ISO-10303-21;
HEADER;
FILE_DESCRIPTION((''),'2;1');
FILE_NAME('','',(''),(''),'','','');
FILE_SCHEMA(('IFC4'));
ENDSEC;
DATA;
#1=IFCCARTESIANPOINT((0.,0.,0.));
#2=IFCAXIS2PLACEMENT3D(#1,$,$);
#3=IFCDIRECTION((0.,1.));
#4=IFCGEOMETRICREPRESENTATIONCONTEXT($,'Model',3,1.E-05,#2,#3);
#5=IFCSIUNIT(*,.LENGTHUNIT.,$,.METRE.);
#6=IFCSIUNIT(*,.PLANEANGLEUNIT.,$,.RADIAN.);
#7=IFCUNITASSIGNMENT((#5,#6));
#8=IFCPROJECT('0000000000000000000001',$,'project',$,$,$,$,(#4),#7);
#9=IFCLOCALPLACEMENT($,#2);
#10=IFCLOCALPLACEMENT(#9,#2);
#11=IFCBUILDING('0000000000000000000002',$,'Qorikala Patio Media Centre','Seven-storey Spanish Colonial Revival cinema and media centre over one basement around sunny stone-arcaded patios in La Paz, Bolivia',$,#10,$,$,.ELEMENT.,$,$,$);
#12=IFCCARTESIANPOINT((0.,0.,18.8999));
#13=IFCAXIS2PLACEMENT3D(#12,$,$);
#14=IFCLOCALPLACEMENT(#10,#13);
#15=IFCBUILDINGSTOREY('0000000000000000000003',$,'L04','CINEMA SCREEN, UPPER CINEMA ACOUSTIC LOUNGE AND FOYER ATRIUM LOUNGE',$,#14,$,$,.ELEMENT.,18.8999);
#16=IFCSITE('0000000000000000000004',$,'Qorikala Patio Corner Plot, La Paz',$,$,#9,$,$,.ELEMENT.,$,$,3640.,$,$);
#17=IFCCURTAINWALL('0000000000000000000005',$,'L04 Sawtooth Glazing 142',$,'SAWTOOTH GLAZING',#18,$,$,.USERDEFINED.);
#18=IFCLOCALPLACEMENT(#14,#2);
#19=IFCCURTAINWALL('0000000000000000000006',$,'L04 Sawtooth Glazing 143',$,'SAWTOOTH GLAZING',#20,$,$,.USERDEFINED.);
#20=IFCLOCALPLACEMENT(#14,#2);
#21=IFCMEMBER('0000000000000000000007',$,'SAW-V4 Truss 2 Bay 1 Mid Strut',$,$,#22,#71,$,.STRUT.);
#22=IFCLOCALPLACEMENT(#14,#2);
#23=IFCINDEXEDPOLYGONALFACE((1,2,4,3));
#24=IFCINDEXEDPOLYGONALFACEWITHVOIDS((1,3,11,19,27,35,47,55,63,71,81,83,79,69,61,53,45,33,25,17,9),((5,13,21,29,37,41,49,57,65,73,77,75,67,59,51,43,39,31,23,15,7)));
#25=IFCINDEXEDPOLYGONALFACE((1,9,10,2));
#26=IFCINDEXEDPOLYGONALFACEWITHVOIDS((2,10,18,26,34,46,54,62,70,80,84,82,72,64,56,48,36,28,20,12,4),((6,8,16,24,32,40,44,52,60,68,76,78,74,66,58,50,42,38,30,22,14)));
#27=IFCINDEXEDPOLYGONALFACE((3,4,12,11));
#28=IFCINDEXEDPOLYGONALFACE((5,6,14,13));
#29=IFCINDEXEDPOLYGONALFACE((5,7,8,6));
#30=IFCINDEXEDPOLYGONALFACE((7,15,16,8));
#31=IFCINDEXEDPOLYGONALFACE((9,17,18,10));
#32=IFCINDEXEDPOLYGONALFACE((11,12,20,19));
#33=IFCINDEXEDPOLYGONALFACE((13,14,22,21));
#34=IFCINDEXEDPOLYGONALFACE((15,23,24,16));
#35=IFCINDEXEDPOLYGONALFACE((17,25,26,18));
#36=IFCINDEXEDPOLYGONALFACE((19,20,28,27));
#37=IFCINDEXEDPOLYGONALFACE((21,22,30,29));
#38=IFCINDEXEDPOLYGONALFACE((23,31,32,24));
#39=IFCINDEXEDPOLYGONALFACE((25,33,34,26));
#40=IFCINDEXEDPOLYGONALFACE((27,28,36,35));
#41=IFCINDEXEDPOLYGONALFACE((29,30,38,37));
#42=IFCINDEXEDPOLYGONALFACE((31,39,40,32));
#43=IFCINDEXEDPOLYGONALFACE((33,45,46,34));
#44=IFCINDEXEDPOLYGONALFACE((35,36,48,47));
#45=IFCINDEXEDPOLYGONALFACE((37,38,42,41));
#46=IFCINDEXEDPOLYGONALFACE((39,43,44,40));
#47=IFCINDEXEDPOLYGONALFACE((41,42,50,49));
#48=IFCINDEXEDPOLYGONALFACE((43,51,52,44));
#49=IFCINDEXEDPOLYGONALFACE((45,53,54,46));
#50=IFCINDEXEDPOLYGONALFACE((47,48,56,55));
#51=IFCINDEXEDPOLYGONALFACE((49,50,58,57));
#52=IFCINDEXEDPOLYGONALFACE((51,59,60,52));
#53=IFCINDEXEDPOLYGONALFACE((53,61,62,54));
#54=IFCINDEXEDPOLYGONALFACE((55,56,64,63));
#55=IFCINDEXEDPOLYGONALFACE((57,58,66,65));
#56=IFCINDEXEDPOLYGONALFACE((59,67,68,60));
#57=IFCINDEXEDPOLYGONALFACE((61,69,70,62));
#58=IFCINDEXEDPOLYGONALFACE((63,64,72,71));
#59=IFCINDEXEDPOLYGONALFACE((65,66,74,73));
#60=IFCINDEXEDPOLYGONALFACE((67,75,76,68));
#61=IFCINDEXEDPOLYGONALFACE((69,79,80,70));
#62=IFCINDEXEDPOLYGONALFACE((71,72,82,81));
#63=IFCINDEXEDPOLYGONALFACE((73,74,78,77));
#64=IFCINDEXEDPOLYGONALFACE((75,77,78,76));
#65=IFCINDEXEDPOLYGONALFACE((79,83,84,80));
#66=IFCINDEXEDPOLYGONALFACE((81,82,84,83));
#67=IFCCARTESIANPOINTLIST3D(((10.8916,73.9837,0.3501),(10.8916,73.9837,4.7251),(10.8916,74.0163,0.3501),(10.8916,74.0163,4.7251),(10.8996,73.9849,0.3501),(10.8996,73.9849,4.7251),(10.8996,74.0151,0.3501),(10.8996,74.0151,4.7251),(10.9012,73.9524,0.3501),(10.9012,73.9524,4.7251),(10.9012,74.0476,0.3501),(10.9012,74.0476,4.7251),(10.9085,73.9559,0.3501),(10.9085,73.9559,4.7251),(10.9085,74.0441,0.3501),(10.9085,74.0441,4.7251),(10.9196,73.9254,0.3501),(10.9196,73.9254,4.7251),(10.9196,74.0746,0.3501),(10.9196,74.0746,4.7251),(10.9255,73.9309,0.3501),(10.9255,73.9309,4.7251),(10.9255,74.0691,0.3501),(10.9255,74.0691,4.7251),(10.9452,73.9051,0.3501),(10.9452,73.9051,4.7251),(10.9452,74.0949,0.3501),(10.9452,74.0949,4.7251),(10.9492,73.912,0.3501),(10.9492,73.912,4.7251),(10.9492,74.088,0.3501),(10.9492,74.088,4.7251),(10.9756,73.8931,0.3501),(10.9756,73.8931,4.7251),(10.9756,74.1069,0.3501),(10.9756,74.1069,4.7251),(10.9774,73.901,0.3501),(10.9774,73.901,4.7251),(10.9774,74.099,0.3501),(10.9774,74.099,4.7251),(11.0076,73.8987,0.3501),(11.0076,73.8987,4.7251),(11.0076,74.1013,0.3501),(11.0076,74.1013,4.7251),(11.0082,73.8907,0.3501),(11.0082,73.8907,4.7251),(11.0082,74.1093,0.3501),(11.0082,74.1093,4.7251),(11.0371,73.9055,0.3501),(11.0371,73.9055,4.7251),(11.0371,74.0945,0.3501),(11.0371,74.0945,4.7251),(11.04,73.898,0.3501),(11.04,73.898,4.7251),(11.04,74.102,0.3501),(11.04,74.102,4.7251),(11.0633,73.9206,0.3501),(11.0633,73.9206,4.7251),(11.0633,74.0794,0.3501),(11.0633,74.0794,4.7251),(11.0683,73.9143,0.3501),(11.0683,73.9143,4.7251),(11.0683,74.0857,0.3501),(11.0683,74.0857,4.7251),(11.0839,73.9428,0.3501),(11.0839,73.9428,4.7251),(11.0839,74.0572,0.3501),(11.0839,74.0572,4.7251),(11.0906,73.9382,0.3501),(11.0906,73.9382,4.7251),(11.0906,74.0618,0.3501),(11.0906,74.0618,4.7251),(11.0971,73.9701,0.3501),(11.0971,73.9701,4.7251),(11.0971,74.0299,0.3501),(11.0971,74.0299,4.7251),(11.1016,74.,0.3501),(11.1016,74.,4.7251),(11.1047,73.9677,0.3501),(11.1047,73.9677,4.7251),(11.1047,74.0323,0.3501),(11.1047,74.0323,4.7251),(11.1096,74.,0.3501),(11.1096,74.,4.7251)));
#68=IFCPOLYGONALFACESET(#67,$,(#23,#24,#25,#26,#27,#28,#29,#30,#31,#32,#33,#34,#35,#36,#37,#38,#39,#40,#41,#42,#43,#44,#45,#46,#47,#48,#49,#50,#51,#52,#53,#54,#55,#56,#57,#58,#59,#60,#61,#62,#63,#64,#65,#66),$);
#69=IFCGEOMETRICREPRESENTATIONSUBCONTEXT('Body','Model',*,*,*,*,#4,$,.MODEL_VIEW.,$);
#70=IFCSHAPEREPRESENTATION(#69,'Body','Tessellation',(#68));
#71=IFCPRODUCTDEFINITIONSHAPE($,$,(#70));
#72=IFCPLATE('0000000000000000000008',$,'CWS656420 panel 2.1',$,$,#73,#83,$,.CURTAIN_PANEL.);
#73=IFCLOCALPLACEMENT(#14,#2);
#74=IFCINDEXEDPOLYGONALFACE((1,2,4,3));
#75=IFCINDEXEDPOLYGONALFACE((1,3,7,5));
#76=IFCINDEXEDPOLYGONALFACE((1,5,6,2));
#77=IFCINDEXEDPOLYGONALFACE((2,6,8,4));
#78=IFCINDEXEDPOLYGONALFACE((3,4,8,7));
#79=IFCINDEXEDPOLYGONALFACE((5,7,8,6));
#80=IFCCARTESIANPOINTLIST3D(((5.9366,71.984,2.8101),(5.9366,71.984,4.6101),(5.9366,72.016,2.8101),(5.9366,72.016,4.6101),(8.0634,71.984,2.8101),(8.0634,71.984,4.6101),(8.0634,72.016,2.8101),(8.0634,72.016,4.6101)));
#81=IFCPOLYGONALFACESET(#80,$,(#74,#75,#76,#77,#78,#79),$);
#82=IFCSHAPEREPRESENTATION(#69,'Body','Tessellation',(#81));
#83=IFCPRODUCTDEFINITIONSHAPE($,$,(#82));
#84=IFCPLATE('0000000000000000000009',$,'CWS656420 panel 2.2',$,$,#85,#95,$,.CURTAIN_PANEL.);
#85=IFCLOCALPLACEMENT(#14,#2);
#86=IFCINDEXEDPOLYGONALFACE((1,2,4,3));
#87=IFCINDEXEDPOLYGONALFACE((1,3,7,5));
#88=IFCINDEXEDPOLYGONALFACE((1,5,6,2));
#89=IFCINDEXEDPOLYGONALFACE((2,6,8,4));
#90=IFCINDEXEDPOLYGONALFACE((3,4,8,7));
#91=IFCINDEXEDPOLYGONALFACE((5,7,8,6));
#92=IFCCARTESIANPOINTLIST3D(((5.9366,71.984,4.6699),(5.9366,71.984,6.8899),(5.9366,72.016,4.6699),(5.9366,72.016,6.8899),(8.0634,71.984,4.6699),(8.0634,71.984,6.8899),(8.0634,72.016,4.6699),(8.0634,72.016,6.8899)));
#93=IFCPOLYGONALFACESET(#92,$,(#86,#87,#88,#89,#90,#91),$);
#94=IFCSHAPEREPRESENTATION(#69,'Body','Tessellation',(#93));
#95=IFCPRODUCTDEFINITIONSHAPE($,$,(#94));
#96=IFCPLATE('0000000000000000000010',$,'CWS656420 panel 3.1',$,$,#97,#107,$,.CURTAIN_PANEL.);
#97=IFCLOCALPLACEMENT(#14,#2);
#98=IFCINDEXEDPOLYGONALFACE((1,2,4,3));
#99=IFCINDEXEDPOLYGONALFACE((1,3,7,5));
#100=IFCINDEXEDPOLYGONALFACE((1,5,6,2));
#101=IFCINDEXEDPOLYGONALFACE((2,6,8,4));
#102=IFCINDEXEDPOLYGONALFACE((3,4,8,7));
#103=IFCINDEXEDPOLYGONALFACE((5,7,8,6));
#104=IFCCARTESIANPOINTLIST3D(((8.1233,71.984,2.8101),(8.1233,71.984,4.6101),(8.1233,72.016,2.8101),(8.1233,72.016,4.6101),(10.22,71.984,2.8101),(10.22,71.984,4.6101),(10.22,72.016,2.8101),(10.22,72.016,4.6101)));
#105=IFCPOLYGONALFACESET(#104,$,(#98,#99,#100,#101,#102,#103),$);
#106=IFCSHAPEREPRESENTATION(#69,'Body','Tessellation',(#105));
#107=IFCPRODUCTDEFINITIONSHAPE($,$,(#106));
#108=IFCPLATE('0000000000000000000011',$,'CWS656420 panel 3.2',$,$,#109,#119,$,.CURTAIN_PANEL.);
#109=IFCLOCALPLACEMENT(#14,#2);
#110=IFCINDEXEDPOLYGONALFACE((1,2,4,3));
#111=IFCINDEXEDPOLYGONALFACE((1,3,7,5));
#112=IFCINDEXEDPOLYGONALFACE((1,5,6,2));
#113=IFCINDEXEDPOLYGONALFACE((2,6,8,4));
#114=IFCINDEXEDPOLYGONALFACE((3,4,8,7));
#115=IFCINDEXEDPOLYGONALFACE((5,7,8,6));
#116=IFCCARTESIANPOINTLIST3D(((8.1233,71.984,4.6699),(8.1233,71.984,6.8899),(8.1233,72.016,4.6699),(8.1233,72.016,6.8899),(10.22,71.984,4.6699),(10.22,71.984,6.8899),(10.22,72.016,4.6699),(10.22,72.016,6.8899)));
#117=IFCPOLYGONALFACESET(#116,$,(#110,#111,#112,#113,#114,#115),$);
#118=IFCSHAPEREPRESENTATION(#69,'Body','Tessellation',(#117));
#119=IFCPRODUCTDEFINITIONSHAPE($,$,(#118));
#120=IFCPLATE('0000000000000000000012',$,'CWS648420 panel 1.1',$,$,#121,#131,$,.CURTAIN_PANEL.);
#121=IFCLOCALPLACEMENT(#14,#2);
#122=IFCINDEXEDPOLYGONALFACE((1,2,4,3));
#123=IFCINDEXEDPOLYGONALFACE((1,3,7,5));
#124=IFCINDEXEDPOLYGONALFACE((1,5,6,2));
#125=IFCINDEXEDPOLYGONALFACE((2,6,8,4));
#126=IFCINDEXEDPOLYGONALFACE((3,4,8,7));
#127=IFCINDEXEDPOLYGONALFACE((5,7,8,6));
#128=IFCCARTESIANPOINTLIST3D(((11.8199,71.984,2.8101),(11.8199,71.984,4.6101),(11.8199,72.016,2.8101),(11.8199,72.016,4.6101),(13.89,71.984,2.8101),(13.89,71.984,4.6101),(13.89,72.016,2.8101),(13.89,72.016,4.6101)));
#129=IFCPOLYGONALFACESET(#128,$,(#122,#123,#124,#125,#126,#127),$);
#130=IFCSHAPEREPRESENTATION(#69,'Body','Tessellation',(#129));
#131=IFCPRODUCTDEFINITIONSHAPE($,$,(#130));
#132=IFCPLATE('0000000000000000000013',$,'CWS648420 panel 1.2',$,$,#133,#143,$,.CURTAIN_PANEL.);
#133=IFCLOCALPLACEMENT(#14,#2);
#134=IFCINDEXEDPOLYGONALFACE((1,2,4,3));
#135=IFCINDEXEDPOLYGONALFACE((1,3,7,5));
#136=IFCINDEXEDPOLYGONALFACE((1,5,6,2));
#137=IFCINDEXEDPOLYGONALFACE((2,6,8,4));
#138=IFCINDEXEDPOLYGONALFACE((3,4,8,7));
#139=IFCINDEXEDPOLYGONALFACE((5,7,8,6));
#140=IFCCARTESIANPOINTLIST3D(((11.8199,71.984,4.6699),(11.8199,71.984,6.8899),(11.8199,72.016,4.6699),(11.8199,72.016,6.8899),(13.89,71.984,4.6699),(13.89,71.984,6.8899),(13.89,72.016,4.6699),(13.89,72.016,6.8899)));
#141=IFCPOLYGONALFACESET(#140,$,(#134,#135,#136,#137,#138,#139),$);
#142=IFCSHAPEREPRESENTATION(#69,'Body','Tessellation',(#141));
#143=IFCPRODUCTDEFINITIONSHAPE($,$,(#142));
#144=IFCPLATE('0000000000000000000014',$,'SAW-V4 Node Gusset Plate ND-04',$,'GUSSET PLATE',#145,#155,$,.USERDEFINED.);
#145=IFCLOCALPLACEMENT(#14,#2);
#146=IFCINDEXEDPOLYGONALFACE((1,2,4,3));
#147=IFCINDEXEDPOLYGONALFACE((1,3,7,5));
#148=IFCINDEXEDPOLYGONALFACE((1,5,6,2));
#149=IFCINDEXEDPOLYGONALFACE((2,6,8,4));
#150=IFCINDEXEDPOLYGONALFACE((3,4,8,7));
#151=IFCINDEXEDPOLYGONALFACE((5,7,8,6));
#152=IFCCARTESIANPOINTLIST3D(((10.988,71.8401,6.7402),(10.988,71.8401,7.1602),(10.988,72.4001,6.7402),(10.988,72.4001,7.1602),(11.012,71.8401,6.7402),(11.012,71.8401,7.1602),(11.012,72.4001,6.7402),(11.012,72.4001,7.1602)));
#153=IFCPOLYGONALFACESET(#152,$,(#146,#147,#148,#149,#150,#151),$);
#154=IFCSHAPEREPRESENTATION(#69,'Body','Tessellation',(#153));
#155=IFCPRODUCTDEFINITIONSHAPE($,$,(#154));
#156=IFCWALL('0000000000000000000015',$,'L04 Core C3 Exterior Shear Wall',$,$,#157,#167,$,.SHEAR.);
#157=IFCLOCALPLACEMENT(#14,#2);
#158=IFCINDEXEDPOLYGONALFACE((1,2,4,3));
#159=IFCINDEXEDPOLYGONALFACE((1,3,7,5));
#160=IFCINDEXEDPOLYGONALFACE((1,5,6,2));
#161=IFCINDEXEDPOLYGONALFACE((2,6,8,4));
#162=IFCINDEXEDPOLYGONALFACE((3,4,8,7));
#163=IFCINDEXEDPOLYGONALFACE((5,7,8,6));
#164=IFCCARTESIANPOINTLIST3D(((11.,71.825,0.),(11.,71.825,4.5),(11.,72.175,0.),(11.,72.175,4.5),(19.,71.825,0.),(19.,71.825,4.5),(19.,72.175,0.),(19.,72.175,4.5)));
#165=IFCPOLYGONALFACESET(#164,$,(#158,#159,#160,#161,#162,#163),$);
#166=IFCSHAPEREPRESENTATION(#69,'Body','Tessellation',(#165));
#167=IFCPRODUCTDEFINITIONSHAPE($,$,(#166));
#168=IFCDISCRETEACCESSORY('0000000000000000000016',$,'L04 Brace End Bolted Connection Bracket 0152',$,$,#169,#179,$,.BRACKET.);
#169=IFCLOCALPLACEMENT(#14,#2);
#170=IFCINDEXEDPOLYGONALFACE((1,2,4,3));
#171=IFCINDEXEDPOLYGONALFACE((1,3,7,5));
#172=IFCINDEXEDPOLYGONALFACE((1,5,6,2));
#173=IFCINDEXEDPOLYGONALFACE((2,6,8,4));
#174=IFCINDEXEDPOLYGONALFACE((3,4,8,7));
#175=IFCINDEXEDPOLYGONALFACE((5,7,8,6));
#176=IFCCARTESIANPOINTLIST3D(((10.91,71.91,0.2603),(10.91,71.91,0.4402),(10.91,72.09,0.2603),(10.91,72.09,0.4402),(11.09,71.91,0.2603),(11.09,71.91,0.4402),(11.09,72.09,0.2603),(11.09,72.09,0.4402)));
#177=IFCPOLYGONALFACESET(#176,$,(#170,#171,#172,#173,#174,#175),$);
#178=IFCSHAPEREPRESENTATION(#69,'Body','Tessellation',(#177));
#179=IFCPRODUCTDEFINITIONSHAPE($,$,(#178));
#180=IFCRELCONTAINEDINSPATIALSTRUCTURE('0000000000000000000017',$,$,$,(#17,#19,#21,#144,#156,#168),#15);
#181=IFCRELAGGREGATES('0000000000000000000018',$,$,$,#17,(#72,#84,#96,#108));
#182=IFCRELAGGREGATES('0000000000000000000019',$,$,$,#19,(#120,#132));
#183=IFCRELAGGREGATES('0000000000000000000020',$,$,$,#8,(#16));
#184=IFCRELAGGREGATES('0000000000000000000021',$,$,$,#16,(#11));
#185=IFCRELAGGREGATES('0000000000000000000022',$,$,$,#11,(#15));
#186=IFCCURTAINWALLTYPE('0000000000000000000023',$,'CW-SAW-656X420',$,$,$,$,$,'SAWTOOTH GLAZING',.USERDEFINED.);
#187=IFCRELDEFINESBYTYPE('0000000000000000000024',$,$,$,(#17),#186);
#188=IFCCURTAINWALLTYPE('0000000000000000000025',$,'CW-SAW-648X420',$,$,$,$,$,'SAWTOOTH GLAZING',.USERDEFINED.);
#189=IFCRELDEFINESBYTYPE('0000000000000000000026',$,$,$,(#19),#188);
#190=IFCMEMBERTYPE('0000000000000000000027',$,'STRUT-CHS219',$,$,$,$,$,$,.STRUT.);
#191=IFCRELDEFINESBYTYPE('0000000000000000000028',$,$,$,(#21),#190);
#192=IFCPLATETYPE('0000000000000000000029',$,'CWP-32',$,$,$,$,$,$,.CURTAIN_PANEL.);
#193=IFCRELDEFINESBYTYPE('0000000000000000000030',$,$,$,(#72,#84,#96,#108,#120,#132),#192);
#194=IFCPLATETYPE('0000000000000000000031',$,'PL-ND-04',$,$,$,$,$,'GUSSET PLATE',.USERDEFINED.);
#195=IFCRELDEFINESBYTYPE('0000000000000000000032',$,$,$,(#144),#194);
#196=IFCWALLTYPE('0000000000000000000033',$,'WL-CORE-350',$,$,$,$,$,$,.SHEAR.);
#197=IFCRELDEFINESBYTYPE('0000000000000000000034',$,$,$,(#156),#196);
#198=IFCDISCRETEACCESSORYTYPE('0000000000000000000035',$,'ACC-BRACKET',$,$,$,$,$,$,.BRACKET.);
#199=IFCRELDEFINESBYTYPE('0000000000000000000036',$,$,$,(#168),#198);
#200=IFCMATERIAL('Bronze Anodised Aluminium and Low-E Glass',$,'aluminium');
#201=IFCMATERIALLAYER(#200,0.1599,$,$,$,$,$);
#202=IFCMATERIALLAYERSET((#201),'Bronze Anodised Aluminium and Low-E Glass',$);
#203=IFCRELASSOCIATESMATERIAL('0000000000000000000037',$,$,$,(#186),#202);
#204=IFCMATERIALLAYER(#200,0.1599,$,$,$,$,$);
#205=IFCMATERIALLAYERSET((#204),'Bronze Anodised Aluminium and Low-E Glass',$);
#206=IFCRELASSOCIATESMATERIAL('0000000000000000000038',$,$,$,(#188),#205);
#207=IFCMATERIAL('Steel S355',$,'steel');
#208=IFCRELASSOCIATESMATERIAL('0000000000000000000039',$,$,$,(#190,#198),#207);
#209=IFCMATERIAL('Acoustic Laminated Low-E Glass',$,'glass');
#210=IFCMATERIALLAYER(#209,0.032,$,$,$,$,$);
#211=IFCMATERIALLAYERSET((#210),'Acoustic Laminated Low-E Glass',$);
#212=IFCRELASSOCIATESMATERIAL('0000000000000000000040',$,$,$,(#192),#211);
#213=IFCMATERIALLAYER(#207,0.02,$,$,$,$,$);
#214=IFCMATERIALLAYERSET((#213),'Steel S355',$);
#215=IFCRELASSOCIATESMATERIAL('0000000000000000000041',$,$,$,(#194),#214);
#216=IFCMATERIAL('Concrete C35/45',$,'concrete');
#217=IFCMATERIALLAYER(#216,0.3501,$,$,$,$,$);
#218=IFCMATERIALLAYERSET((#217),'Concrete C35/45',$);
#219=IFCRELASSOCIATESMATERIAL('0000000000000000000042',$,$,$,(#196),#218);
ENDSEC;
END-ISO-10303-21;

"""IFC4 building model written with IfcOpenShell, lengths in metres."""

from ifc_helpers import new_model, si_unit, direction, frame, frame_2d, origin, origin_2d, place, context, subcontext, project, spatial, rectangle, hollow_circle, extrude, material, layer, layer_set, material_profile, profile_set, type_object, element, aggregate, save


model = new_model("IFC4")

# Units and contexts
model_context = context("Model", 3, precision=1e-05, world=origin(), true_north=direction((0.0, 1.0)))
body_context = subcontext(model_context, "Body", "Model", "MODEL_VIEW")
ifc_project = project(units=[si_unit("LENGTHUNIT", "METRE"), si_unit("PLANEANGLEUNIT", "RADIAN")], contexts=[model_context])

# Site, building, storey
site_placement = place(None, origin())
site = spatial("IfcSite", under=ifc_project, at=site_placement, Name="Qorikala Patio Corner Plot, La Paz", CompositionType="ELEMENT", RefElevation=3640.0)
building_placement = place(site_placement, origin())
building = spatial("IfcBuilding", under=site, at=building_placement, Name="Qorikala Patio Media Centre", Description="Seven-storey Spanish Colonial Revival cinema and media centre over one basement around sunny stone-arcaded patios in La Paz, Bolivia", CompositionType="ELEMENT")
storey_placement = place(building_placement, frame((0.0, 0.0, 18.8999)))
storey = spatial("IfcBuildingStorey", under=building, at=storey_placement, Name="L04", Description="CINEMA SCREEN, UPPER CINEMA ACOUSTIC LOUNGE AND FOYER ATRIUM LOUNGE", CompositionType="ELEMENT", Elevation=18.8999)

# Shared definitions
ifc_material_1 = material(Name="Concrete C35/45", Category="concrete")

# Shared definitions
ifc_material_2 = material(Name="Steel S355", Category="steel")

# Curtain wall
ifc_material_3 = material(Name="Bronze Anodised Aluminium and Low-E Glass", Category="aluminium")
ifc_layer_1 = layer(ifc_material_3, 0.1599)
ifc_layer_set_1 = layer_set([ifc_layer_1], Name="Bronze Anodised Aluminium and Low-E Glass")
curtain_wall_type_1 = type_object("IfcCurtainWallType", Name="CW-SAW-656X420", ElementType="SAWTOOTH GLAZING", PredefinedType="USERDEFINED", material=ifc_layer_set_1)
curtain_wall_1_placement = place(storey_placement, origin())
curtain_wall_1 = element("IfcCurtainWall", 1, at=curtain_wall_1_placement, inside=storey, type_object=curtain_wall_type_1, Name="L04 Sawtooth Glazing 142", ObjectType="SAWTOOTH GLAZING", PredefinedType="USERDEFINED")

# Curtain wall
ifc_layer_2 = layer(ifc_material_3, 0.1599)
ifc_layer_set_2 = layer_set([ifc_layer_2], Name="Bronze Anodised Aluminium and Low-E Glass")
curtain_wall_type_2 = type_object("IfcCurtainWallType", Name="CW-SAW-648X420", ElementType="SAWTOOTH GLAZING", PredefinedType="USERDEFINED", material=ifc_layer_set_2)
curtain_wall_2_placement = place(storey_placement, origin())
curtain_wall_2 = element("IfcCurtainWall", 2, at=curtain_wall_2_placement, inside=storey, type_object=curtain_wall_type_2, Name="L04 Sawtooth Glazing 143", ObjectType="SAWTOOTH GLAZING", PredefinedType="USERDEFINED")

# Member
ifc_material_profile_1 = material_profile(ifc_material_2, hollow_circle(Radius=0.1096, WallThickness=0.0081, at=origin_2d()), Name="CHS219X8")
ifc_profile_set_1 = profile_set([ifc_material_profile_1], Name="Steel S355")
member_type_1 = type_object("IfcMemberType", Name="STRUT-CHS219", PredefinedType="STRUT", material=ifc_profile_set_1)
member_1_placement = place(storey_placement, frame((11.0, 74.0, 0.3501), z_axis=(0.0, 0.0, 1.0), x_axis=(1.0, 0.0, 0.0)))
element("IfcMember", 3, at=member_1_placement, inside=storey, type_object=member_type_1, Name="SAW-V4 Truss 2 Bay 1 Mid Strut", PredefinedType="STRUT", context=body_context, shape_type="SweptSolid", body=[
    extrude(hollow_circle(Radius=0.1096, WallThickness=0.0081, at=origin_2d()), origin(), (0.0, 0.0, 1.0), 4.375),
])

# Plates
ifc_material_4 = material(Name="Acoustic Laminated Low-E Glass", Category="glass")
ifc_layer_3 = layer(ifc_material_4, 0.032)
ifc_layer_set_3 = layer_set([ifc_layer_3], Name="Acoustic Laminated Low-E Glass")
plate_type_1 = type_object("IfcPlateType", Name="CWP-32", PredefinedType="CURTAIN_PANEL", material=ifc_layer_set_3)
plate_1_placement = place(storey_placement, frame((7.0, 72.0, 2.8101), z_axis=(0.0, 0.0, 1.0), x_axis=(1.0, 0.0, 0.0)))
plate_1 = element("IfcPlate", 4, at=plate_1_placement, type_object=plate_type_1, Name="CWS656420 panel 2.1", PredefinedType="CURTAIN_PANEL", context=body_context, shape_type="SweptSolid", body=[
    extrude(rectangle(XDim=2.1267, YDim=0.032, at=origin_2d()), origin(), (0.0, 0.0, 1.0), 1.8),
])
plate_2_placement = place(storey_placement, frame((7.0, 72.0, 4.6699), z_axis=(0.0, 0.0, 1.0), x_axis=(1.0, 0.0, 0.0)))
plate_2 = element("IfcPlate", 5, at=plate_2_placement, type_object=plate_type_1, Name="CWS656420 panel 2.2", PredefinedType="CURTAIN_PANEL", context=body_context, shape_type="SweptSolid", body=[
    extrude(rectangle(XDim=2.1267, YDim=0.032, at=origin_2d()), origin(), (0.0, 0.0, 1.0), 2.22),
])
plate_3_placement = place(storey_placement, frame((9.1716, 72.0, 2.8101), z_axis=(0.0, 0.0, 1.0), x_axis=(1.0, 0.0, 0.0)))
plate_3 = element("IfcPlate", 6, at=plate_3_placement, type_object=plate_type_1, Name="CWS656420 panel 3.1", PredefinedType="CURTAIN_PANEL", context=body_context, shape_type="SweptSolid", body=[
    extrude(rectangle(XDim=2.0967, YDim=0.032, at=origin_2d()), origin(), (0.0, 0.0, 1.0), 1.8),
])
plate_4_placement = place(storey_placement, frame((9.1716, 72.0, 4.6699), z_axis=(0.0, 0.0, 1.0), x_axis=(1.0, 0.0, 0.0)))
plate_4 = element("IfcPlate", 7, at=plate_4_placement, type_object=plate_type_1, Name="CWS656420 panel 3.2", PredefinedType="CURTAIN_PANEL", context=body_context, shape_type="SweptSolid", body=[
    extrude(rectangle(XDim=2.0967, YDim=0.032, at=origin_2d()), origin(), (0.0, 0.0, 1.0), 2.22),
])
aggregate(curtain_wall_1, [plate_1, plate_2, plate_3, plate_4])
plate_5_placement = place(storey_placement, frame((12.855, 72.0, 2.8101), z_axis=(0.0, 0.0, 1.0), x_axis=(1.0, 0.0, 0.0)))
plate_5 = element("IfcPlate", 8, at=plate_5_placement, type_object=plate_type_1, Name="CWS648420 panel 1.1", PredefinedType="CURTAIN_PANEL", context=body_context, shape_type="SweptSolid", body=[
    extrude(rectangle(XDim=2.0701, YDim=0.032, at=origin_2d()), origin(), (0.0, 0.0, 1.0), 1.8),
])
plate_6_placement = place(storey_placement, frame((12.855, 72.0, 4.6699), z_axis=(0.0, 0.0, 1.0), x_axis=(1.0, 0.0, 0.0)))
plate_6 = element("IfcPlate", 9, at=plate_6_placement, type_object=plate_type_1, Name="CWS648420 panel 1.2", PredefinedType="CURTAIN_PANEL", context=body_context, shape_type="SweptSolid", body=[
    extrude(rectangle(XDim=2.0701, YDim=0.032, at=origin_2d()), origin(), (0.0, 0.0, 1.0), 2.22),
])
aggregate(curtain_wall_2, [plate_5, plate_6])
ifc_layer_4 = layer(ifc_material_2, 0.02)
ifc_layer_set_4 = layer_set([ifc_layer_4], Name="Steel S355")
plate_type_2 = type_object("IfcPlateType", Name="PL-ND-04", ElementType="GUSSET PLATE", PredefinedType="USERDEFINED", material=ifc_layer_set_4)
plate_7_placement = place(storey_placement, frame((11.0, 72.1201, 6.7402), z_axis=(0.0, 0.0, 1.0), x_axis=(1.0, 0.0, 0.0)))
element("IfcPlate", 10, at=plate_7_placement, inside=storey, type_object=plate_type_2, Name="SAW-V4 Node Gusset Plate ND-04", ObjectType="GUSSET PLATE", PredefinedType="USERDEFINED", context=body_context, shape_type="SweptSolid", body=[
    extrude(rectangle(XDim=0.0239, YDim=0.5601, at=origin_2d()), origin(), (0.0, 0.0, 1.0), 0.4199),
])

# Wall
ifc_layer_5 = layer(ifc_material_1, 0.3501)
ifc_layer_set_5 = layer_set([ifc_layer_5], Name="Concrete C35/45")
wall_type = type_object("IfcWallType", Name="WL-CORE-350", PredefinedType="SHEAR", material=ifc_layer_set_5)
wall_placement = place(storey_placement, frame((11.0, 72.0, 0.0), z_axis=(0.0, 0.0, 1.0), x_axis=(1.0, 0.0, 0.0)))
element("IfcWall", 11, at=wall_placement, inside=storey, type_object=wall_type, Name="L04 Core C3 Exterior Shear Wall", PredefinedType="SHEAR", context=body_context, shape_type="SweptSolid", body=[
    extrude(rectangle(XDim=8.0, YDim=0.3501, at=frame_2d((4.0, 0.0))), origin(), (0.0, 0.0, 1.0), 4.5),
])

# Discrete accessory
discrete_accessory_type = type_object("IfcDiscreteAccessoryType", Name="ACC-BRACKET", PredefinedType="BRACKET", material=ifc_material_2)
discrete_accessory_placement = place(storey_placement, frame((11.0, 72.0, 0.2603), z_axis=(0.0, 0.0, 1.0), x_axis=(1.0, 0.0, 0.0)))
element("IfcDiscreteAccessory", 12, at=discrete_accessory_placement, inside=storey, type_object=discrete_accessory_type, Name="L04 Brace End Bolted Connection Bracket 0152", PredefinedType="BRACKET", context=body_context, shape_type="SweptSolid", body=[
    extrude(rectangle(XDim=0.1799, YDim=0.1799, at=origin_2d()), origin(), (0.0, 0.0, 1.0), 0.1799),
])

save(model, "model.ifc")
